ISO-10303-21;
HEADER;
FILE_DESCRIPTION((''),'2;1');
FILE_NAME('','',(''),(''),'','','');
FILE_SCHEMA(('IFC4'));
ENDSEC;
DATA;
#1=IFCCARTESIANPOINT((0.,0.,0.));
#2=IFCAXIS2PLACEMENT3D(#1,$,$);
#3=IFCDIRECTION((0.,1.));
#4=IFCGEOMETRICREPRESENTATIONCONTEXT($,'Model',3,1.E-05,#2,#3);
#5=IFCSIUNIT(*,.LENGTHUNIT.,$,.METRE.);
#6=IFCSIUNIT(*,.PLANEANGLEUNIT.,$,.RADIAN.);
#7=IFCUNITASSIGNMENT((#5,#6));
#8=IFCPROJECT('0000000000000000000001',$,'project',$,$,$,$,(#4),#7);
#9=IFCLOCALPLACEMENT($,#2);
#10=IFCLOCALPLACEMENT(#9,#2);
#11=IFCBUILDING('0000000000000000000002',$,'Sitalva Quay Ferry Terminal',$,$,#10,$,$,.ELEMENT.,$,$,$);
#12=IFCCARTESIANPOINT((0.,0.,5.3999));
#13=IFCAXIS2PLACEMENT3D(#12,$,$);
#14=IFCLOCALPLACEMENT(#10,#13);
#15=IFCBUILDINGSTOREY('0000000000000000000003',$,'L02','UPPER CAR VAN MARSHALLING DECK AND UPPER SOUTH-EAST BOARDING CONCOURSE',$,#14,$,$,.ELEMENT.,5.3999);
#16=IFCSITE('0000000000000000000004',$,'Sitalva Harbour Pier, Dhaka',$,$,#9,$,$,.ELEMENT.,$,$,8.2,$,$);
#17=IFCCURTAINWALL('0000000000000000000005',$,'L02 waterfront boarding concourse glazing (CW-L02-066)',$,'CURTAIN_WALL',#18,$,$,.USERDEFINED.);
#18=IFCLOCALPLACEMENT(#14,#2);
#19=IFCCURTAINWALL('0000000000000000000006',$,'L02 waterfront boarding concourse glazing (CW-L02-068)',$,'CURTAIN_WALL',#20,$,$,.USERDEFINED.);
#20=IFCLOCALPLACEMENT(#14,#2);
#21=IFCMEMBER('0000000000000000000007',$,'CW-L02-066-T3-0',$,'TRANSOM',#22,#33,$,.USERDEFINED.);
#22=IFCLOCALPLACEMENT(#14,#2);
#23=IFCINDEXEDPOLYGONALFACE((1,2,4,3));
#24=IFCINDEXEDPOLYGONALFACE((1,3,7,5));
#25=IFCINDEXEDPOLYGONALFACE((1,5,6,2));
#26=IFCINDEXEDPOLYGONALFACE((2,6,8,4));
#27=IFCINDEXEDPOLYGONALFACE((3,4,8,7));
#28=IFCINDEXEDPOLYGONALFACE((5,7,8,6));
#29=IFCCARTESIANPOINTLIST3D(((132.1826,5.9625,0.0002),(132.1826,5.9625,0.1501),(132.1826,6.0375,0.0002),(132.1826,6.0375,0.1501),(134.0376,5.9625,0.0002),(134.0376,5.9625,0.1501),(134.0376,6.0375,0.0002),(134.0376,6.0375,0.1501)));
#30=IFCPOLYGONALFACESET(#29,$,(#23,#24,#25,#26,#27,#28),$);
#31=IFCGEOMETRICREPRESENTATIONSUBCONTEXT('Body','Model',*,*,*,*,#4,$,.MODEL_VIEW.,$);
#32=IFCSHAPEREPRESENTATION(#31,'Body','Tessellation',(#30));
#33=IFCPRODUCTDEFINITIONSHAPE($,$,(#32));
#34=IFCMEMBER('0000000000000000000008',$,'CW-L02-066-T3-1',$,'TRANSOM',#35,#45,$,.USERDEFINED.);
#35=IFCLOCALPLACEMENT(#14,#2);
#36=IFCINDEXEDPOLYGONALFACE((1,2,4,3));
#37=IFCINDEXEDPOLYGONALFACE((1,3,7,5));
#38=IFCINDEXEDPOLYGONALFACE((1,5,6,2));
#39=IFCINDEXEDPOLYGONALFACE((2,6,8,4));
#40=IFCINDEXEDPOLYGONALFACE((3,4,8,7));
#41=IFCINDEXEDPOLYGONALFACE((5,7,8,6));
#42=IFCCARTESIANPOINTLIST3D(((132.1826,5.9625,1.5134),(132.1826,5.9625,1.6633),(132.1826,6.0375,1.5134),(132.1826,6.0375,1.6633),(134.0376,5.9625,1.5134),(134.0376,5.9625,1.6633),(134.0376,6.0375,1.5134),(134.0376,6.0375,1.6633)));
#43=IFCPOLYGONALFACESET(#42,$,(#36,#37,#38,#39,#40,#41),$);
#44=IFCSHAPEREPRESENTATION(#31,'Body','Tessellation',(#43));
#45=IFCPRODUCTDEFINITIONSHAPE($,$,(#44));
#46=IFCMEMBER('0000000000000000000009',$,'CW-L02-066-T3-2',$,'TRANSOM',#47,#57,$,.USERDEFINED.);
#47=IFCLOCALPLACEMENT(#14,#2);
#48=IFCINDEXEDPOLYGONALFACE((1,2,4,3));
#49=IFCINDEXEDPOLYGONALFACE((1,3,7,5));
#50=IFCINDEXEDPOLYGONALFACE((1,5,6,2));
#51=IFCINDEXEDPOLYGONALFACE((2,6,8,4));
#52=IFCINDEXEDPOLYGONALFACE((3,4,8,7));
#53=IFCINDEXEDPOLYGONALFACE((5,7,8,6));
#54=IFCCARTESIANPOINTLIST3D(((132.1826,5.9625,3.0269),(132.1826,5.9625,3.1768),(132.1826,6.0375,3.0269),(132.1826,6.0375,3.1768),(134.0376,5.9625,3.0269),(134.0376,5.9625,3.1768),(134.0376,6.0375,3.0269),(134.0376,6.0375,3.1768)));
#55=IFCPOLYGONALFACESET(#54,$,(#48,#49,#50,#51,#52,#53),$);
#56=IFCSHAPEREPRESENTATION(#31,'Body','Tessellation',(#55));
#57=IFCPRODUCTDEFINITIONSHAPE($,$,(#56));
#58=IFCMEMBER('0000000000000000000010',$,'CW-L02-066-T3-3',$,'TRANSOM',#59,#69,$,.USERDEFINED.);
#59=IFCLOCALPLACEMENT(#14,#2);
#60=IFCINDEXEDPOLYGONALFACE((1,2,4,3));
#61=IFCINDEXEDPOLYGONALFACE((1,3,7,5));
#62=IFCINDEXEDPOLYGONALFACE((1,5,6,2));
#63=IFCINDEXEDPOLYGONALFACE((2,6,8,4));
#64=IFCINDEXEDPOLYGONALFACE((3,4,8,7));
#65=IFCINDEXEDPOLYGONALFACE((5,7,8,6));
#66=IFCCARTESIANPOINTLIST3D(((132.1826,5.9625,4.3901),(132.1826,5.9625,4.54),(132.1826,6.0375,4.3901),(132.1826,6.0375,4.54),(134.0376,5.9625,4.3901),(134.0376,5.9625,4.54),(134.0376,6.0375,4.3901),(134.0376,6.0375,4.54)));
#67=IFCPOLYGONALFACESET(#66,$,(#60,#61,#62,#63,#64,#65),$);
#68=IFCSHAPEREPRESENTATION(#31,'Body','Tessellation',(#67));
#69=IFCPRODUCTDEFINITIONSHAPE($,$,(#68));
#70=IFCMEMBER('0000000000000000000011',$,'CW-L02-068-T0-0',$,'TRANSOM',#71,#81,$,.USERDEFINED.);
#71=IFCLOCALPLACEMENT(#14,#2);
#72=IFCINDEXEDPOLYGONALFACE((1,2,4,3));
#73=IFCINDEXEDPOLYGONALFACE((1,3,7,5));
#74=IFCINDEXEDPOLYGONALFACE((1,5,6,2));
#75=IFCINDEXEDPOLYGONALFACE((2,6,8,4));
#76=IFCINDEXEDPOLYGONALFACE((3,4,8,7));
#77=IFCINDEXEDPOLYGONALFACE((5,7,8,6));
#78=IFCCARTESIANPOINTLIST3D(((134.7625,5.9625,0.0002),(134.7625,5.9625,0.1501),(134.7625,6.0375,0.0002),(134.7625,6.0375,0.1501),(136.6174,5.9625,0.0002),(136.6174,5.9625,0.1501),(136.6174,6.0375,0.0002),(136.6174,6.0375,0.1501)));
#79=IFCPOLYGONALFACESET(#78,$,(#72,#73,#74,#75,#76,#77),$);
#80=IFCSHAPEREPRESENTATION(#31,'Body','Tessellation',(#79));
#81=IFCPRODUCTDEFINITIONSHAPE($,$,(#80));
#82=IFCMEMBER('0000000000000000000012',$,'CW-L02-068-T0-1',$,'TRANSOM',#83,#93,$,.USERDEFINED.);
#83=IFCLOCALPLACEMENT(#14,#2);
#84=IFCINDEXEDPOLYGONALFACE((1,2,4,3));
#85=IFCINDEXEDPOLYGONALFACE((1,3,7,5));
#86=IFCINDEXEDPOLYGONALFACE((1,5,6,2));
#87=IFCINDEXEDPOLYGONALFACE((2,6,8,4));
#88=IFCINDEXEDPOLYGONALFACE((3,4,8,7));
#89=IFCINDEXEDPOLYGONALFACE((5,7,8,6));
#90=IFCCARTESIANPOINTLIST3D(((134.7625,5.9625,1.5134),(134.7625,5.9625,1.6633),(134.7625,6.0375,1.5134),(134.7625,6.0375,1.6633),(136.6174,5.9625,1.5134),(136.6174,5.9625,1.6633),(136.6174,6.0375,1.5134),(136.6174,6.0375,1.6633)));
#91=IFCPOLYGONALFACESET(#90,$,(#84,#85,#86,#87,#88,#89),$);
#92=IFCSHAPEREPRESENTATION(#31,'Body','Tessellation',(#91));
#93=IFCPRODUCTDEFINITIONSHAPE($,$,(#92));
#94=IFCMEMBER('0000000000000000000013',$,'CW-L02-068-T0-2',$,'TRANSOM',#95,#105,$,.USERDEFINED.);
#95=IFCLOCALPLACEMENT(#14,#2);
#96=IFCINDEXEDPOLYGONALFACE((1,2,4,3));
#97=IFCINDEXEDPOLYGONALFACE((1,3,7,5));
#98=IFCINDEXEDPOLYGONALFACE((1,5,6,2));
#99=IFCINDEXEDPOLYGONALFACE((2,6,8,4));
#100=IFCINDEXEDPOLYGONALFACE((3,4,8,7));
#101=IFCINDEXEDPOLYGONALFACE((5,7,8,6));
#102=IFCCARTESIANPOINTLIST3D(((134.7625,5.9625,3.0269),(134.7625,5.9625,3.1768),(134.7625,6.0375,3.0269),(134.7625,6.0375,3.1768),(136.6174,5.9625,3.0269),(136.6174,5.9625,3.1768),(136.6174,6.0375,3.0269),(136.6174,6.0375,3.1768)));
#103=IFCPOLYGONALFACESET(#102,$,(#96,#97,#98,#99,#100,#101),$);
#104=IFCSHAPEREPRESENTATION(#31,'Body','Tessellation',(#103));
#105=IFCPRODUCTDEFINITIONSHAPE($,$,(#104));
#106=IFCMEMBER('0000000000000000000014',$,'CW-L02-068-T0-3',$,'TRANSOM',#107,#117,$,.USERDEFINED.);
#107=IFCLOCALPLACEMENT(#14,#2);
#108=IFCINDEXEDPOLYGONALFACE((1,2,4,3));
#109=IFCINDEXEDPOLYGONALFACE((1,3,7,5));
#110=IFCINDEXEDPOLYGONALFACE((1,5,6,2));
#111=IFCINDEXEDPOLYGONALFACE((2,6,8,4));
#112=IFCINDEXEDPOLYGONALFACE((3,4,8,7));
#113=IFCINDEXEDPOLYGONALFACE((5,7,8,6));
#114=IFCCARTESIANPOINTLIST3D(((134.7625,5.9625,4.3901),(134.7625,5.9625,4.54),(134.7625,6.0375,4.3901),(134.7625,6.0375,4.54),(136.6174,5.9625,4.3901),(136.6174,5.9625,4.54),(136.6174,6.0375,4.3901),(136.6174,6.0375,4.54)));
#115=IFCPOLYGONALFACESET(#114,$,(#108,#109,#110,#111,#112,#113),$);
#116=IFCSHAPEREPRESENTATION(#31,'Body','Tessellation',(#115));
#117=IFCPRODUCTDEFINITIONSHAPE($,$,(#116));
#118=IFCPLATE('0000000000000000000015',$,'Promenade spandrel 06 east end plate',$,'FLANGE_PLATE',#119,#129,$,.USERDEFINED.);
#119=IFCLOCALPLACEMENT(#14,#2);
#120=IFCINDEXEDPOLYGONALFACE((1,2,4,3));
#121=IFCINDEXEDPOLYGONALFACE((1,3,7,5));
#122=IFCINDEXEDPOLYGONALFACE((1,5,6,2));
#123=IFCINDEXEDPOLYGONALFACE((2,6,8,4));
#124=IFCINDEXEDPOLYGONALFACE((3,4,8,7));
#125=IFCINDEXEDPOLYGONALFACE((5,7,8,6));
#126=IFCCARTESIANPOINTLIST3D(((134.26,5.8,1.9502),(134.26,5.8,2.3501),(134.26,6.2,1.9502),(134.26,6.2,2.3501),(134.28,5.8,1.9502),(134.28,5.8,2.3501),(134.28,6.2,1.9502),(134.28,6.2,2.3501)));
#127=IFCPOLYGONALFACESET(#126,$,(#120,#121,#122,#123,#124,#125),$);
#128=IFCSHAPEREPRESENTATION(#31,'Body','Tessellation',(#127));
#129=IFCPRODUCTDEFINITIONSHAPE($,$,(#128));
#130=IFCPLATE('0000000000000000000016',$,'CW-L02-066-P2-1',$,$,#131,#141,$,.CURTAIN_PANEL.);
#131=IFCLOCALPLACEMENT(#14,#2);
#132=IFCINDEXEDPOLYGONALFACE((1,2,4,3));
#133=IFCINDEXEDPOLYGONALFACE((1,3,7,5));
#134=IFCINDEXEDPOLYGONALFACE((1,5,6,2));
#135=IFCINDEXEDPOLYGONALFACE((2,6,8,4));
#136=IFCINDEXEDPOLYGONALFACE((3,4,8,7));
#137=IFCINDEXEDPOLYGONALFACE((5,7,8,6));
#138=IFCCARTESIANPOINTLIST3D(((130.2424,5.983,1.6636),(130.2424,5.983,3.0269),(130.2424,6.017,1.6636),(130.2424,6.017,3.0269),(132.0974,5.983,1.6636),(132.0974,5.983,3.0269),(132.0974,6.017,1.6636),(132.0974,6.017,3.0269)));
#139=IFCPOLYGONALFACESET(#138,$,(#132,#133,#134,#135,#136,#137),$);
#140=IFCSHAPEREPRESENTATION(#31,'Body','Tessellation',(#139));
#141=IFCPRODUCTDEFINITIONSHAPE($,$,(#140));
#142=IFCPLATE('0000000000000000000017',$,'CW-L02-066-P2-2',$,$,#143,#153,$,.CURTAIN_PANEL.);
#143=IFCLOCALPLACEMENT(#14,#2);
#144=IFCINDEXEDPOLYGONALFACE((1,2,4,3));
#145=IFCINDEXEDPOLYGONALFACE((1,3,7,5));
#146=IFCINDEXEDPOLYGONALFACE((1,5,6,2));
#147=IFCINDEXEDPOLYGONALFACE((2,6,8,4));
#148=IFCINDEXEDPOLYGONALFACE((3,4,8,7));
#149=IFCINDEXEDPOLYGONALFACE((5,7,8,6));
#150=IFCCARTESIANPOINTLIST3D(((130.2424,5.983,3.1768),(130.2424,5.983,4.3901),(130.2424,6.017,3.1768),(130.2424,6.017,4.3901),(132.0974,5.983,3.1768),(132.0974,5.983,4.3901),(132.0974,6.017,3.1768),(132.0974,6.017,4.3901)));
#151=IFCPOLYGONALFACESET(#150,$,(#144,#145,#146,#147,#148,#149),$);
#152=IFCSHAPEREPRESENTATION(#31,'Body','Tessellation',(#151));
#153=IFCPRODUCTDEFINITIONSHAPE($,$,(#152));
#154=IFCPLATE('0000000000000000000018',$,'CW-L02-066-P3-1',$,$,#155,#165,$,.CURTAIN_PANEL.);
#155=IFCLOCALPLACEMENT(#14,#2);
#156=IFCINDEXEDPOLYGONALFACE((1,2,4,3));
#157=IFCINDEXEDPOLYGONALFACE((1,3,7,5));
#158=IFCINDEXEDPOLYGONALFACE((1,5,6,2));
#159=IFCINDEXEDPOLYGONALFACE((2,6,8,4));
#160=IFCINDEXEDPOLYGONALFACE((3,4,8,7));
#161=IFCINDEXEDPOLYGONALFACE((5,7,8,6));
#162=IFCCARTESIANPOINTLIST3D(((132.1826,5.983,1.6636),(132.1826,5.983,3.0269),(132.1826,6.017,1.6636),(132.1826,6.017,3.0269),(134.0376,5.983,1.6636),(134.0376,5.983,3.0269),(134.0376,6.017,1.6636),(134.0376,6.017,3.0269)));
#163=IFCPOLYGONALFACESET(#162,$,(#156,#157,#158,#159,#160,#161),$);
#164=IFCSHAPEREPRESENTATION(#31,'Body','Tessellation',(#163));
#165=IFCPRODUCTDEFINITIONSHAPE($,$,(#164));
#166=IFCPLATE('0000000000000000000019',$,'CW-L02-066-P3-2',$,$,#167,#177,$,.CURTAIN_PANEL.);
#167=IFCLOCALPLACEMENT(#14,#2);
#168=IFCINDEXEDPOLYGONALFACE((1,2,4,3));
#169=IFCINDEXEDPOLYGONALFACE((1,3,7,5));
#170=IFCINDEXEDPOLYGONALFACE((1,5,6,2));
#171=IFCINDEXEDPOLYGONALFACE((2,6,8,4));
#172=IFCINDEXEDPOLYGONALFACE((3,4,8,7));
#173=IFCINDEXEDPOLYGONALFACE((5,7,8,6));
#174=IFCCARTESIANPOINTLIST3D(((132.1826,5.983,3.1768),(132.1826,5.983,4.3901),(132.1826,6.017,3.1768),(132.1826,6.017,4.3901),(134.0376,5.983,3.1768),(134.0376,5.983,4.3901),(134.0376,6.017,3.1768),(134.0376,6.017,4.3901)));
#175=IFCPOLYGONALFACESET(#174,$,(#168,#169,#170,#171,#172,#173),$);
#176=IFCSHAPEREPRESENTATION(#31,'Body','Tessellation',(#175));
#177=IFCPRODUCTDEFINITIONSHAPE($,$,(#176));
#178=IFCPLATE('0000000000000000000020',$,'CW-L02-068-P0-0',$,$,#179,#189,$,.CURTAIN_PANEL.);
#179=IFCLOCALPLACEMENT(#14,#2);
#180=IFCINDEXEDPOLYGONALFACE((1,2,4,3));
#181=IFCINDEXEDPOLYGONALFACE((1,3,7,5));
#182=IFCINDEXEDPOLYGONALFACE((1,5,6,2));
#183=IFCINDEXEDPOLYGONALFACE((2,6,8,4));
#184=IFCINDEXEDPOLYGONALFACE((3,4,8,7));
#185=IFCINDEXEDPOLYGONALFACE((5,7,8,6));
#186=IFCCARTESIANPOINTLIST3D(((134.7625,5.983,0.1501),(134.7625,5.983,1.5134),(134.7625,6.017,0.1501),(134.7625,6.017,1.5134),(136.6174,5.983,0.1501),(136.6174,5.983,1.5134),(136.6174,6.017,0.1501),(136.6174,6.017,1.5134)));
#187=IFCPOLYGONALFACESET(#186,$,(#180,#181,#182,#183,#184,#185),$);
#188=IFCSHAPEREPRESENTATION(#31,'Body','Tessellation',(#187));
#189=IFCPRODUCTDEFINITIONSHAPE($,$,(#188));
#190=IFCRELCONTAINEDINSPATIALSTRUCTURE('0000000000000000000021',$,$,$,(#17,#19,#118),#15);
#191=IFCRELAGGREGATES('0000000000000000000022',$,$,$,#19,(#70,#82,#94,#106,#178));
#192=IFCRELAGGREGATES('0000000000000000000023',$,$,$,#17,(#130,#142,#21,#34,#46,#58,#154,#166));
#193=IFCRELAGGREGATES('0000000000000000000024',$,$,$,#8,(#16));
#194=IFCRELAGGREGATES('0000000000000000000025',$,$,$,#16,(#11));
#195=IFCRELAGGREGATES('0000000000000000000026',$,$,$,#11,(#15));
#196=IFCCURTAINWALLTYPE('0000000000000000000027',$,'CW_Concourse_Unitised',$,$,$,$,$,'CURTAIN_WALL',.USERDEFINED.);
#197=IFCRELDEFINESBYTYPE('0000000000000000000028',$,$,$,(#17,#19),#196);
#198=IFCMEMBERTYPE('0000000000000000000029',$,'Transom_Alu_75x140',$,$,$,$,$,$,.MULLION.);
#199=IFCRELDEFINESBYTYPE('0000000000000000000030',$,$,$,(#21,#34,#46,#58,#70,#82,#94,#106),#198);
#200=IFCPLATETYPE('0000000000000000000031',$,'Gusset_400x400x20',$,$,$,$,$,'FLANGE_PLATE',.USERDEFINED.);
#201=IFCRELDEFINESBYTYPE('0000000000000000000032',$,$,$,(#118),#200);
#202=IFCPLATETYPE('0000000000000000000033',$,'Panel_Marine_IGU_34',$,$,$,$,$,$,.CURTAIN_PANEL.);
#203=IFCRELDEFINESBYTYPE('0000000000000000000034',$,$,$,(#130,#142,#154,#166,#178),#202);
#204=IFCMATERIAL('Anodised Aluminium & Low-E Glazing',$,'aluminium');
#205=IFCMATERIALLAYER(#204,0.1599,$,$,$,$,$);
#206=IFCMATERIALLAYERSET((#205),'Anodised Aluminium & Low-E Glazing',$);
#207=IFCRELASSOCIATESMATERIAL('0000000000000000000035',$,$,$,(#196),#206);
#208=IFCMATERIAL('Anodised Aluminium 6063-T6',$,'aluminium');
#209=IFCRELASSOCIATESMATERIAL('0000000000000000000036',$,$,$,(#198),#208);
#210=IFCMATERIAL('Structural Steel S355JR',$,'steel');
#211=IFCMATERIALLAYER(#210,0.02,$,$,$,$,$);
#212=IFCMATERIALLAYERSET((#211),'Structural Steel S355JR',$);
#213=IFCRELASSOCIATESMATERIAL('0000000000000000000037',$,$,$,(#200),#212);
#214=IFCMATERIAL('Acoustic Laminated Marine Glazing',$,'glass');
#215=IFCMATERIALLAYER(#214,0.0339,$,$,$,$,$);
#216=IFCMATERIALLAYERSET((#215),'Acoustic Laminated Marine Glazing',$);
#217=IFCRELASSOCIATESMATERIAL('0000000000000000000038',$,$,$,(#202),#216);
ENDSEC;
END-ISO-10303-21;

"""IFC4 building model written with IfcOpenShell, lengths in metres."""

from ifc_helpers import new_model, si_unit, direction, frame, origin, origin_2d, place, context, subcontext, project, spatial, rectangle, extrude, material, layer, layer_set, material_profile, profile_set, type_object, element, aggregate, save


model = new_model("IFC4")

# Units and contexts
model_context = context("Model", 3, precision=1e-05, world=origin(), true_north=direction((0.0, 1.0)))
body_context = subcontext(model_context, "Body", "Model", "MODEL_VIEW")
ifc_project = project(units=[si_unit("LENGTHUNIT", "METRE"), si_unit("PLANEANGLEUNIT", "RADIAN")], contexts=[model_context])

# Site, building, storey
site_placement = place(None, origin())
site = spatial("IfcSite", under=ifc_project, at=site_placement, Name="Sitalva Harbour Pier, Dhaka", CompositionType="ELEMENT", RefElevation=8.2)
building_placement = place(site_placement, origin())
building = spatial("IfcBuilding", under=site, at=building_placement, Name="Sitalva Quay Ferry Terminal", CompositionType="ELEMENT")
storey_placement = place(building_placement, frame((0.0, 0.0, 5.3999)))
storey = spatial("IfcBuildingStorey", under=building, at=storey_placement, Name="L02", Description="UPPER CAR VAN MARSHALLING DECK AND UPPER SOUTH-EAST BOARDING CONCOURSE", CompositionType="ELEMENT", Elevation=5.3999)

# Curtain wall
ifc_material_1 = material(Name="Anodised Aluminium & Low-E Glazing", Category="aluminium")
ifc_layer_1 = layer(ifc_material_1, 0.1599)
ifc_layer_set_1 = layer_set([ifc_layer_1], Name="Anodised Aluminium & Low-E Glazing")
curtain_wall_type = type_object("IfcCurtainWallType", Name="CW_Concourse_Unitised", ElementType="CURTAIN_WALL", PredefinedType="USERDEFINED", material=ifc_layer_set_1)
curtain_wall_1_placement = place(storey_placement, origin())
curtain_wall_1 = element("IfcCurtainWall", 1, at=curtain_wall_1_placement, inside=storey, type_object=curtain_wall_type, Name="L02 waterfront boarding concourse glazing (CW-L02-066)", ObjectType="CURTAIN_WALL", PredefinedType="USERDEFINED")

# Curtain wall
curtain_wall_2_placement = place(storey_placement, origin())
curtain_wall_2 = element("IfcCurtainWall", 2, at=curtain_wall_2_placement, inside=storey, type_object=curtain_wall_type, Name="L02 waterfront boarding concourse glazing (CW-L02-068)", ObjectType="CURTAIN_WALL", PredefinedType="USERDEFINED")

# Members
ifc_material_2 = material(Name="Anodised Aluminium 6063-T6", Category="aluminium")
ifc_material_profile_1 = material_profile(ifc_material_2, rectangle(XDim=0.075, YDim=0.1499, at=origin_2d()), Name="ALU75x150")
ifc_profile_set_1 = profile_set([ifc_material_profile_1], Name="Anodised Aluminium 6063-T6")
member_type_1 = type_object("IfcMemberType", Name="Transom_Alu_75x140", PredefinedType="MULLION", material=ifc_profile_set_1)
member_1_placement = place(storey_placement, frame((132.1826, 6.0, 0.0752), z_axis=(1.0, 0.0, 0.0), x_axis=(0.0, 1.0, 0.0)))
member_1 = element("IfcMember", 3, at=member_1_placement, type_object=member_type_1, Name="CW-L02-066-T3-0", ObjectType="TRANSOM", PredefinedType="USERDEFINED", context=body_context, shape_type="SweptSolid", body=[
    extrude(rectangle(XDim=0.075, YDim=0.1499, at=origin_2d()), origin(), (0.0, 0.0, 1.0), 1.855),
])
member_2_placement = place(storey_placement, frame((132.1826, 6.0, 1.5884), z_axis=(1.0, 0.0, 0.0), x_axis=(0.0, 1.0, 0.0)))
member_2 = element("IfcMember", 4, at=member_2_placement, type_object=member_type_1, Name="CW-L02-066-T3-1", ObjectType="TRANSOM", PredefinedType="USERDEFINED", context=body_context, shape_type="SweptSolid", body=[
    extrude(rectangle(XDim=0.075, YDim=0.1499, at=origin_2d()), origin(), (0.0, 0.0, 1.0), 1.855),
])
member_3_placement = place(storey_placement, frame((132.1826, 6.0, 3.1018), z_axis=(1.0, 0.0, 0.0), x_axis=(0.0, 1.0, 0.0)))
member_3 = element("IfcMember", 5, at=member_3_placement, type_object=member_type_1, Name="CW-L02-066-T3-2", ObjectType="TRANSOM", PredefinedType="USERDEFINED", context=body_context, shape_type="SweptSolid", body=[
    extrude(rectangle(XDim=0.075, YDim=0.1499, at=origin_2d()), origin(), (0.0, 0.0, 1.0), 1.855),
])
member_4_placement = place(storey_placement, frame((132.1826, 6.0, 4.4651), z_axis=(1.0, 0.0, 0.0), x_axis=(0.0, 1.0, 0.0)))
member_4 = element("IfcMember", 6, at=member_4_placement, type_object=member_type_1, Name="CW-L02-066-T3-3", ObjectType="TRANSOM", PredefinedType="USERDEFINED", context=body_context, shape_type="SweptSolid", body=[
    extrude(rectangle(XDim=0.075, YDim=0.1499, at=origin_2d()), origin(), (0.0, 0.0, 1.0), 1.855),
])
member_5_placement = place(storey_placement, frame((134.7625, 6.0, 0.0752), z_axis=(1.0, 0.0, 0.0), x_axis=(0.0, 1.0, 0.0)))
member_5 = element("IfcMember", 7, at=member_5_placement, type_object=member_type_1, Name="CW-L02-068-T0-0", ObjectType="TRANSOM", PredefinedType="USERDEFINED", context=body_context, shape_type="SweptSolid", body=[
    extrude(rectangle(XDim=0.075, YDim=0.1499, at=origin_2d()), origin(), (0.0, 0.0, 1.0), 1.855),
])
member_6_placement = place(storey_placement, frame((134.7625, 6.0, 1.5884), z_axis=(1.0, 0.0, 0.0), x_axis=(0.0, 1.0, 0.0)))
member_6 = element("IfcMember", 8, at=member_6_placement, type_object=member_type_1, Name="CW-L02-068-T0-1", ObjectType="TRANSOM", PredefinedType="USERDEFINED", context=body_context, shape_type="SweptSolid", body=[
    extrude(rectangle(XDim=0.075, YDim=0.1499, at=origin_2d()), origin(), (0.0, 0.0, 1.0), 1.855),
])
member_7_placement = place(storey_placement, frame((134.7625, 6.0, 3.1018), z_axis=(1.0, 0.0, 0.0), x_axis=(0.0, 1.0, 0.0)))
member_7 = element("IfcMember", 9, at=member_7_placement, type_object=member_type_1, Name="CW-L02-068-T0-2", ObjectType="TRANSOM", PredefinedType="USERDEFINED", context=body_context, shape_type="SweptSolid", body=[
    extrude(rectangle(XDim=0.075, YDim=0.1499, at=origin_2d()), origin(), (0.0, 0.0, 1.0), 1.855),
])
member_8_placement = place(storey_placement, frame((134.7625, 6.0, 4.4651), z_axis=(1.0, 0.0, 0.0), x_axis=(0.0, 1.0, 0.0)))
member_8 = element("IfcMember", 10, at=member_8_placement, type_object=member_type_1, Name="CW-L02-068-T0-3", ObjectType="TRANSOM", PredefinedType="USERDEFINED", context=body_context, shape_type="SweptSolid", body=[
    extrude(rectangle(XDim=0.075, YDim=0.1499, at=origin_2d()), origin(), (0.0, 0.0, 1.0), 1.855),
])

# Plates
ifc_material_3 = material(Name="Structural Steel S355JR", Category="steel")
ifc_layer_2 = layer(ifc_material_3, 0.02)
ifc_layer_set_2 = layer_set([ifc_layer_2], Name="Structural Steel S355JR")
plate_type_1 = type_object("IfcPlateType", Name="Gusset_400x400x20", ElementType="FLANGE_PLATE", PredefinedType="USERDEFINED", material=ifc_layer_set_2)
plate_1_placement = place(storey_placement, frame((134.27, 6.0, 1.9502), z_axis=(0.0, 0.0, 1.0), x_axis=(1.0, 0.0, 0.0)))
element("IfcPlate", 11, at=plate_1_placement, inside=storey, type_object=plate_type_1, Name="Promenade spandrel 06 east end plate", ObjectType="FLANGE_PLATE", PredefinedType="USERDEFINED", context=body_context, shape_type="SweptSolid", body=[
    extrude(rectangle(XDim=0.02, YDim=0.3999, at=origin_2d()), origin(), (0.0, 0.0, 1.0), 0.3999),
])
ifc_material_4 = material(Name="Acoustic Laminated Marine Glazing", Category="glass")
ifc_layer_3 = layer(ifc_material_4, 0.0339)
ifc_layer_set_3 = layer_set([ifc_layer_3], Name="Acoustic Laminated Marine Glazing")
plate_type_2 = type_object("IfcPlateType", Name="Panel_Marine_IGU_34", PredefinedType="CURTAIN_PANEL", material=ifc_layer_set_3)
plate_2_placement = place(storey_placement, frame((131.1699, 6.0, 1.6636), z_axis=(0.0, 0.0, 1.0), x_axis=(1.0, 0.0, 0.0)))
plate_2 = element("IfcPlate", 12, at=plate_2_placement, type_object=plate_type_2, Name="CW-L02-066-P2-1", PredefinedType="CURTAIN_PANEL", context=body_context, shape_type="SweptSolid", body=[
    extrude(rectangle(XDim=1.855, YDim=0.0339, at=origin_2d()), origin(), (0.0, 0.0, 1.0), 1.3633),
])
plate_3_placement = place(storey_placement, frame((131.1699, 6.0, 3.1768), z_axis=(0.0, 0.0, 1.0), x_axis=(1.0, 0.0, 0.0)))
plate_3 = element("IfcPlate", 13, at=plate_3_placement, type_object=plate_type_2, Name="CW-L02-066-P2-2", PredefinedType="CURTAIN_PANEL", context=body_context, shape_type="SweptSolid", body=[
    extrude(rectangle(XDim=1.855, YDim=0.0339, at=origin_2d()), origin(), (0.0, 0.0, 1.0), 1.2134),
])
plate_4_placement = place(storey_placement, frame((133.1101, 6.0, 1.6636), z_axis=(0.0, 0.0, 1.0), x_axis=(1.0, 0.0, 0.0)))
plate_4 = element("IfcPlate", 14, at=plate_4_placement, type_object=plate_type_2, Name="CW-L02-066-P3-1", PredefinedType="CURTAIN_PANEL", context=body_context, shape_type="SweptSolid", body=[
    extrude(rectangle(XDim=1.855, YDim=0.0339, at=origin_2d()), origin(), (0.0, 0.0, 1.0), 1.3633),
])
plate_5_placement = place(storey_placement, frame((133.1101, 6.0, 3.1768), z_axis=(0.0, 0.0, 1.0), x_axis=(1.0, 0.0, 0.0)))
plate_5 = element("IfcPlate", 15, at=plate_5_placement, type_object=plate_type_2, Name="CW-L02-066-P3-2", PredefinedType="CURTAIN_PANEL", context=body_context, shape_type="SweptSolid", body=[
    extrude(rectangle(XDim=1.855, YDim=0.0339, at=origin_2d()), origin(), (0.0, 0.0, 1.0), 1.2134),
])
plate_6_placement = place(storey_placement, frame((135.6899, 6.0, 0.1501), z_axis=(0.0, 0.0, 1.0), x_axis=(1.0, 0.0, 0.0)))
plate_6 = element("IfcPlate", 16, at=plate_6_placement, type_object=plate_type_2, Name="CW-L02-068-P0-0", PredefinedType="CURTAIN_PANEL", context=body_context, shape_type="SweptSolid", body=[
    extrude(rectangle(XDim=1.855, YDim=0.0339, at=origin_2d()), origin(), (0.0, 0.0, 1.0), 1.3633),
])
aggregate(curtain_wall_2, [member_5, member_6, member_7, member_8, plate_6])
aggregate(curtain_wall_1, [plate_2, plate_3, member_1, member_2, member_3, member_4, plate_4, plate_5])

save(model, "model.ifc")
